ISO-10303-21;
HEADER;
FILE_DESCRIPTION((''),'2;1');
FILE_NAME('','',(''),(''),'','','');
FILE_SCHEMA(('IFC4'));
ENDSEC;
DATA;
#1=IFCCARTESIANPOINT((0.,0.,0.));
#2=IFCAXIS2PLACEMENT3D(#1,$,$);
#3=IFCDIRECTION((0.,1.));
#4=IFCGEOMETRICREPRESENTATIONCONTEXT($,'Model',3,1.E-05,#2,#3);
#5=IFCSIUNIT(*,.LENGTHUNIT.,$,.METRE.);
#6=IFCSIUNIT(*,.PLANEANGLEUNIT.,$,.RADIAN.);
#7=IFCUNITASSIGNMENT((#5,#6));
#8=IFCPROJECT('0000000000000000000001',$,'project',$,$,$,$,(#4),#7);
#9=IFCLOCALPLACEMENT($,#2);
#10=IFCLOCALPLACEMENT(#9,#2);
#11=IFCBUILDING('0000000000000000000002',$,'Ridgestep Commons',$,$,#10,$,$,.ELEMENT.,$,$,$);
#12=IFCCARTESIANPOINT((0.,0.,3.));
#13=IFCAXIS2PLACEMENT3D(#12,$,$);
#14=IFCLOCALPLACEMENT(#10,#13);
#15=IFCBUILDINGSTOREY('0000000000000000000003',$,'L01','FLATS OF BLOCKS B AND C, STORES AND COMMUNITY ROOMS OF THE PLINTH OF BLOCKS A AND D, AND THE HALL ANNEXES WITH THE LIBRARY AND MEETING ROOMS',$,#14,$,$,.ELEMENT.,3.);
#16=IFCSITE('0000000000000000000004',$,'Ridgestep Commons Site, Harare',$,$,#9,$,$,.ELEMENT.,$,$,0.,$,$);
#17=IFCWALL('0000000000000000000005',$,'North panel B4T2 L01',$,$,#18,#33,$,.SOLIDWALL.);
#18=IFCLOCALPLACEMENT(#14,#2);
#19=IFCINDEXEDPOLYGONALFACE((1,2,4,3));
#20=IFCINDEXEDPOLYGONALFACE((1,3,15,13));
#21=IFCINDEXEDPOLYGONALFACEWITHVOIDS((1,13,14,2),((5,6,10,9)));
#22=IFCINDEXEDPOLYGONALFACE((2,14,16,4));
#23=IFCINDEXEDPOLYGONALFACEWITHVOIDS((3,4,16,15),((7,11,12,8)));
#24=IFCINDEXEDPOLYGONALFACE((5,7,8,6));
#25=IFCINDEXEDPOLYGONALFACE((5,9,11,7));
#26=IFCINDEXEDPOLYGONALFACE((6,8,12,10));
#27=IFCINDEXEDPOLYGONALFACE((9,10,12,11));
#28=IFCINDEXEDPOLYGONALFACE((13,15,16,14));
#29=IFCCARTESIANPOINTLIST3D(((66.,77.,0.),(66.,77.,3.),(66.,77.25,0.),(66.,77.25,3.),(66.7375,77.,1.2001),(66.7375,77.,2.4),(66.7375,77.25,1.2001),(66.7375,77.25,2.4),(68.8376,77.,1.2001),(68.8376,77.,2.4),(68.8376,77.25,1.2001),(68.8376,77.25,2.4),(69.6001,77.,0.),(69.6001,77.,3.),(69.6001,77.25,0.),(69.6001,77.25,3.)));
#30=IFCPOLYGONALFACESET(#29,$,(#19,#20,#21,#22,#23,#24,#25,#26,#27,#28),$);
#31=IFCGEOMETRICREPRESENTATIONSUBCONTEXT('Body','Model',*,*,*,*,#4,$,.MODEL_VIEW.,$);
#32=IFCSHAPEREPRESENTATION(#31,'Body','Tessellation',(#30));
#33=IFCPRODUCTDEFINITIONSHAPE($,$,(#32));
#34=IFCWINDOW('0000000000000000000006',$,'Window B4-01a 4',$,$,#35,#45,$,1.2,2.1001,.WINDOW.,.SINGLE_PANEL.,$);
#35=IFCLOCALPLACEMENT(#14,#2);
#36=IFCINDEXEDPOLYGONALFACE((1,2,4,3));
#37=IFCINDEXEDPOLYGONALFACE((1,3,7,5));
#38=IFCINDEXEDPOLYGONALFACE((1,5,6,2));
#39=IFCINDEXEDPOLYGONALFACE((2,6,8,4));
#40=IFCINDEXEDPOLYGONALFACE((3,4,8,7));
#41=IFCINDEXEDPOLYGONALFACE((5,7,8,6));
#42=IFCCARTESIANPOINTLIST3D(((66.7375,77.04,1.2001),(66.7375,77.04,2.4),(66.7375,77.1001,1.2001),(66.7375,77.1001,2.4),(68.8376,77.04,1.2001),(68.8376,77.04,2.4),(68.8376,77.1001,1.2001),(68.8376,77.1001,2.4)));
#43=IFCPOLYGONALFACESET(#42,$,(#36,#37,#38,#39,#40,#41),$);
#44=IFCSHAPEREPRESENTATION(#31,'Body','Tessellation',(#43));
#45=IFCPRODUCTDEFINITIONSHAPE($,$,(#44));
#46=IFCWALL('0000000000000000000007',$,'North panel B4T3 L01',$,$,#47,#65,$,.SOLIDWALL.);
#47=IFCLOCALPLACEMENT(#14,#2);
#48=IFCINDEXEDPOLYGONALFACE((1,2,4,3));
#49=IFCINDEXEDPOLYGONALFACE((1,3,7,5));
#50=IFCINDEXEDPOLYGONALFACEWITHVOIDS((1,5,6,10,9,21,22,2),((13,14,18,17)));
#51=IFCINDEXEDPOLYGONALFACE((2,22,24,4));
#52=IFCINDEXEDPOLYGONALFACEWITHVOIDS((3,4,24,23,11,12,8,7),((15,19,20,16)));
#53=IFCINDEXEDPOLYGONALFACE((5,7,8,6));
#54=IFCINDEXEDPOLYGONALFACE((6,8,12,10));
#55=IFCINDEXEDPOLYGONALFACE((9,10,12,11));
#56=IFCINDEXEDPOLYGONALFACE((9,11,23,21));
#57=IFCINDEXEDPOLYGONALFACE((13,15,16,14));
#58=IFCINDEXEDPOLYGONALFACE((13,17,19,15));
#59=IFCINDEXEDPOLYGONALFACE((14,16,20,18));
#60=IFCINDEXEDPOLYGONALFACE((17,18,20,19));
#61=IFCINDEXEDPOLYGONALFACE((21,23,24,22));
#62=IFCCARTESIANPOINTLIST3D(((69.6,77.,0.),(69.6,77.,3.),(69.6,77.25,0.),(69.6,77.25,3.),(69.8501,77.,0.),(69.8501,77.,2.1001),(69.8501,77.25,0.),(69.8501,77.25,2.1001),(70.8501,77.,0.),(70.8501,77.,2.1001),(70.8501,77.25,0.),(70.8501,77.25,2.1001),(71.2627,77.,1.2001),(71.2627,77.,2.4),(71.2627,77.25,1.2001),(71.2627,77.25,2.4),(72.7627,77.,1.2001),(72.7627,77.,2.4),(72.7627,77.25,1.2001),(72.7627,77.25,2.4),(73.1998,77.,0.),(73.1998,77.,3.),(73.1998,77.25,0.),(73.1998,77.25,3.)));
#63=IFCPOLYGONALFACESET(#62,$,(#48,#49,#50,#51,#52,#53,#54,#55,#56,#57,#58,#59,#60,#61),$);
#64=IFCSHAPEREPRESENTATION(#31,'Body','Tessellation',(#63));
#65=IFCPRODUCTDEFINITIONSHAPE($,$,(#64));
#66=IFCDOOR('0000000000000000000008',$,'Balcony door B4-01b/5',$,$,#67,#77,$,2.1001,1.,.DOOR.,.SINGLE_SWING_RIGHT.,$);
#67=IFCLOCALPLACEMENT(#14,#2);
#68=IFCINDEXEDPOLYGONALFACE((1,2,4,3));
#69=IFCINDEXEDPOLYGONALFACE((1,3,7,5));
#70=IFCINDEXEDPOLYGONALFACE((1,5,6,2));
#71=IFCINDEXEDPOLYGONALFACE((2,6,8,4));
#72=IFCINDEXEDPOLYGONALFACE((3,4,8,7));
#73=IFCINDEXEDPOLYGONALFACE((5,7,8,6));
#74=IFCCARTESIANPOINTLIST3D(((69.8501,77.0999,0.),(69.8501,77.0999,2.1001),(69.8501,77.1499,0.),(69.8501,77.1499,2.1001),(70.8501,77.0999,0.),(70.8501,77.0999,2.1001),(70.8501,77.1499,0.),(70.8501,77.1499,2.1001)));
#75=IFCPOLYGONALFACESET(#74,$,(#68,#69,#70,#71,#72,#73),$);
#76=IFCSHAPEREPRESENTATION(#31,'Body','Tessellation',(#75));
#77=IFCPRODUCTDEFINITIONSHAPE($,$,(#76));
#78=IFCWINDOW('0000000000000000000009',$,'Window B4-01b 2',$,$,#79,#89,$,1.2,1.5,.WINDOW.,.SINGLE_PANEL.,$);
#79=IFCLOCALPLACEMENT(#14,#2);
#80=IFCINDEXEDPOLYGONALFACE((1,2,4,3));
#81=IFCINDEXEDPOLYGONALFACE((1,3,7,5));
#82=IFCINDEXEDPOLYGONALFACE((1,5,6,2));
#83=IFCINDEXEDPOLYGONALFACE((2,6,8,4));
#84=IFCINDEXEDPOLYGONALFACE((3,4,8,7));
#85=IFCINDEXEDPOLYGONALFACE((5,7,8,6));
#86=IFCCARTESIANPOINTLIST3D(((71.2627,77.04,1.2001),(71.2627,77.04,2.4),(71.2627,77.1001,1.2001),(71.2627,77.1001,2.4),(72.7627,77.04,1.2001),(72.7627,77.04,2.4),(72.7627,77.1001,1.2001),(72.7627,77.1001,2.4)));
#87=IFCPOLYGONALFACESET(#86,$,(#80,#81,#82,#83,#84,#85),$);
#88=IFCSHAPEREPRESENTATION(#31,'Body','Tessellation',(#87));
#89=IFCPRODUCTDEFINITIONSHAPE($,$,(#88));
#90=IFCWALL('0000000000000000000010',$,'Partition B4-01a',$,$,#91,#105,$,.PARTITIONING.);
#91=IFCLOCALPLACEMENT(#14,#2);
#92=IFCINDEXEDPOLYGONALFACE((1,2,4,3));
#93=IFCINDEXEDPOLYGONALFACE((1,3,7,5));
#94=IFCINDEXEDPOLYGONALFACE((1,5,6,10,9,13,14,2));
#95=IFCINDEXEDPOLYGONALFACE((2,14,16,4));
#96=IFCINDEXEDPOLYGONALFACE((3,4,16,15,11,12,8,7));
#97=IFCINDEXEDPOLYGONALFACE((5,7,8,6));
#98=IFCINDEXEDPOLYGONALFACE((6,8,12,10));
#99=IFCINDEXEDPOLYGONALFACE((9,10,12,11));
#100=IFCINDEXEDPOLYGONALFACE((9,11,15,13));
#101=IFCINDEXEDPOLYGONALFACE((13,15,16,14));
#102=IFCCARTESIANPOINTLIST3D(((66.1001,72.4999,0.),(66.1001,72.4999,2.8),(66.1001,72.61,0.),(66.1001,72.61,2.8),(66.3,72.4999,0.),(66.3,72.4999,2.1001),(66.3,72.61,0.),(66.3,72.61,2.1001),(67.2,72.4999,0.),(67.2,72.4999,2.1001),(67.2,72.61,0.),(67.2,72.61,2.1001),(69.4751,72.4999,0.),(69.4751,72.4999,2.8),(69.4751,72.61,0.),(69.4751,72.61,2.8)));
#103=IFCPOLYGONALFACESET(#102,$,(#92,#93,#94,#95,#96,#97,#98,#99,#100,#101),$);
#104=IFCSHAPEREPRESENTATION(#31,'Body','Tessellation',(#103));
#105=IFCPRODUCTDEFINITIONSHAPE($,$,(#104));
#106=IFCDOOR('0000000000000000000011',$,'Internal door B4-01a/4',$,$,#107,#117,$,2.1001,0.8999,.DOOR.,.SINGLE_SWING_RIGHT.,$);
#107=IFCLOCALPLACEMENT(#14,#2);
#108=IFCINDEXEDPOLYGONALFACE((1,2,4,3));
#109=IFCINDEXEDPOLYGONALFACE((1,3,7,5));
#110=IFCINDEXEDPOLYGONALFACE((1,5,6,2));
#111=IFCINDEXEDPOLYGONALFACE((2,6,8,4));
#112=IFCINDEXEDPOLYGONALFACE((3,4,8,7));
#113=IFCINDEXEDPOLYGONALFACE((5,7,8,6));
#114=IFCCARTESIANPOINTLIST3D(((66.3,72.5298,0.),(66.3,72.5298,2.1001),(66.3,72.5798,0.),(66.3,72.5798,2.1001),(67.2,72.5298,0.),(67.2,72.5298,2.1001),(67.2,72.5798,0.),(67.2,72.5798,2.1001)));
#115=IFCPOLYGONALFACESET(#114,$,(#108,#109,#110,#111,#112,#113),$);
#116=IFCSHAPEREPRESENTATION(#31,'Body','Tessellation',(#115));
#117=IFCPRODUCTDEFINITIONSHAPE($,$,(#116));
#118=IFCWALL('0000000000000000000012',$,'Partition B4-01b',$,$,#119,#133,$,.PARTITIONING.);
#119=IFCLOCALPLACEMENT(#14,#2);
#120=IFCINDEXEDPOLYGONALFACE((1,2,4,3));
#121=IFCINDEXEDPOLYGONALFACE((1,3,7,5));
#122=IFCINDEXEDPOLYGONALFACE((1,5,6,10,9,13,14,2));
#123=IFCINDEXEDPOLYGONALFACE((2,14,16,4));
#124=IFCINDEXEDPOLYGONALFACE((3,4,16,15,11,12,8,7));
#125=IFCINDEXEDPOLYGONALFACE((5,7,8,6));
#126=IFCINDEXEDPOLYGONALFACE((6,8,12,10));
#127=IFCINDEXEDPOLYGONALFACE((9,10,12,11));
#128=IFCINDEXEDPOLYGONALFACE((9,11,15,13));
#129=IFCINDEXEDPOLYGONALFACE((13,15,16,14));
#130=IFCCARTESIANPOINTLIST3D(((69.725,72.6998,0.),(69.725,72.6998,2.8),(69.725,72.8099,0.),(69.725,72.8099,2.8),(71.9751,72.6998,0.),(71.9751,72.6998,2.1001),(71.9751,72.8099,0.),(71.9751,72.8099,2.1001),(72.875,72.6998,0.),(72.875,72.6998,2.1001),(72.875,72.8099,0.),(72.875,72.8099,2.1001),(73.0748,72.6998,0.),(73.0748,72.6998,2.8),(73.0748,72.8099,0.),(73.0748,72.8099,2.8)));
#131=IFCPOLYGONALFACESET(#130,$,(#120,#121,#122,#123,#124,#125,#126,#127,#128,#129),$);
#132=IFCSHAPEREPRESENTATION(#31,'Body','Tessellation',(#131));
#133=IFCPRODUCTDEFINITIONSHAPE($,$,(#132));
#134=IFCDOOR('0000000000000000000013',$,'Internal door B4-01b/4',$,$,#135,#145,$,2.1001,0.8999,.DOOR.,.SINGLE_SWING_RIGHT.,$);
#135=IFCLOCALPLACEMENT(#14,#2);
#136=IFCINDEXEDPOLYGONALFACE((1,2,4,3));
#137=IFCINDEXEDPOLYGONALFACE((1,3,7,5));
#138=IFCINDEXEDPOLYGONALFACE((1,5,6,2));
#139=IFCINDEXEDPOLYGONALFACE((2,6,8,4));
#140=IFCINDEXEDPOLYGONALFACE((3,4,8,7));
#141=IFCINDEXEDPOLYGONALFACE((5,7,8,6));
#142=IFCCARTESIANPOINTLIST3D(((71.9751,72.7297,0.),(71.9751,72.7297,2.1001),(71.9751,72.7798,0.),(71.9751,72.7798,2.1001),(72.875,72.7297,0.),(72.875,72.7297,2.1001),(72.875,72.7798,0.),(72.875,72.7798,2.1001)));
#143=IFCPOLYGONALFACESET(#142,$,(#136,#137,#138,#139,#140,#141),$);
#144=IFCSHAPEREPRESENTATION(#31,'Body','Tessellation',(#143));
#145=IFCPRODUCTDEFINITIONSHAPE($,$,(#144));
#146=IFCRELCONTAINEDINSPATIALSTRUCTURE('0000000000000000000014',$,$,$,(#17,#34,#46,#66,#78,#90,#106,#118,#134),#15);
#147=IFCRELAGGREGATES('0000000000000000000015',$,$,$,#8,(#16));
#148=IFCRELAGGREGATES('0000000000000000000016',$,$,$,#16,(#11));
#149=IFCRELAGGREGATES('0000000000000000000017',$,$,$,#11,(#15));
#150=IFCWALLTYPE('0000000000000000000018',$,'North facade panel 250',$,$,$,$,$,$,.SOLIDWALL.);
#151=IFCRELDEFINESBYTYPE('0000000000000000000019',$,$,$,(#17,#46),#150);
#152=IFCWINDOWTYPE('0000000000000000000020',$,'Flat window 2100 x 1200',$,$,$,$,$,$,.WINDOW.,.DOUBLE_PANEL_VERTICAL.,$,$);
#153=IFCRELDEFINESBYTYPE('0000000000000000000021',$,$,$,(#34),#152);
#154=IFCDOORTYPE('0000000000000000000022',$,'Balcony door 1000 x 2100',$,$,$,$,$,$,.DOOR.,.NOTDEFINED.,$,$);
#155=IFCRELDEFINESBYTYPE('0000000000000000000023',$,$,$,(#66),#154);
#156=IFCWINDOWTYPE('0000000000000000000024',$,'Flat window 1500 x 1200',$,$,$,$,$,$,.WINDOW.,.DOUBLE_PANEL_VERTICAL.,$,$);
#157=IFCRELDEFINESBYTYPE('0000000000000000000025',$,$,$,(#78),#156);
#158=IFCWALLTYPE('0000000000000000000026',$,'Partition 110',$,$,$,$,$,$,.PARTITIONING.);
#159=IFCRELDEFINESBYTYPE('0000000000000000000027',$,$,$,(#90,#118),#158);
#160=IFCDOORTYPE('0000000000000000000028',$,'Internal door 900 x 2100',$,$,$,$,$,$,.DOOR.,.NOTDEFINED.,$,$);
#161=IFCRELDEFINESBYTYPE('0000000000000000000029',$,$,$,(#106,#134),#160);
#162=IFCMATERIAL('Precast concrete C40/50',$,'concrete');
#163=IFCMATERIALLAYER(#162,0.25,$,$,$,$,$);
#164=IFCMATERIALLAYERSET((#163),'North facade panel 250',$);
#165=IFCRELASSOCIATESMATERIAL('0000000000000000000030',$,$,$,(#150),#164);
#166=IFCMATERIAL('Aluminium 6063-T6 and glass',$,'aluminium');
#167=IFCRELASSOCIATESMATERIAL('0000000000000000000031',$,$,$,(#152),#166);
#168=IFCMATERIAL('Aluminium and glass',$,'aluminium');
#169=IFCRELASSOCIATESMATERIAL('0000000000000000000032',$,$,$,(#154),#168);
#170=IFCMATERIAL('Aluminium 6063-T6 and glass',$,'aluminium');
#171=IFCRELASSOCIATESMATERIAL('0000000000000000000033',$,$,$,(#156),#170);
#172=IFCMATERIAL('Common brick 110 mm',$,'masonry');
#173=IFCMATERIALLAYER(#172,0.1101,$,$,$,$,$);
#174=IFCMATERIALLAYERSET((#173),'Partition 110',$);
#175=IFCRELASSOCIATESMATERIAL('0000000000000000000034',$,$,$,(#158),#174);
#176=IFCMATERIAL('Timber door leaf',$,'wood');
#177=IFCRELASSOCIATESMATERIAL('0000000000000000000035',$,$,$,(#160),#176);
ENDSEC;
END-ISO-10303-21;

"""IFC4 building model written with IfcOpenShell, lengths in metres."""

from ifc_helpers import new_model, si_unit, direction, frame, frame_2d, origin, place, context, subcontext, project, spatial, rectangle, extrude, material, layer, layer_set, type_object, element, fill, save


model = new_model("IFC4")

# Units and contexts
model_context = context("Model", 3, precision=1e-05, world=origin(), true_north=direction((0.0, 1.0)))
body_context = subcontext(model_context, "Body", "Model", "MODEL_VIEW")
ifc_project = project(units=[si_unit("LENGTHUNIT", "METRE"), si_unit("PLANEANGLEUNIT", "RADIAN")], contexts=[model_context])

# Site, building, storey
site_placement = place(None, origin())
site = spatial("IfcSite", under=ifc_project, at=site_placement, Name="Ridgestep Commons Site, Harare", CompositionType="ELEMENT", RefElevation=0.0)
building_placement = place(site_placement, origin())
building = spatial("IfcBuilding", under=site, at=building_placement, Name="Ridgestep Commons", CompositionType="ELEMENT")
storey_placement = place(building_placement, frame((0.0, 0.0, 3.0)))
storey = spatial("IfcBuildingStorey", under=building, at=storey_placement, Name="L01", Description="FLATS OF BLOCKS B AND C, STORES AND COMMUNITY ROOMS OF THE PLINTH OF BLOCKS A AND D, AND THE HALL ANNEXES WITH THE LIBRARY AND MEETING ROOMS", CompositionType="ELEMENT", Elevation=3.0)

# Wall, opening, window
ifc_material_1 = material(Name="Precast concrete C40/50", Category="concrete")
ifc_layer_1 = layer(ifc_material_1, 0.25)
ifc_layer_set_1 = layer_set([ifc_layer_1], Name="North facade panel 250")
wall_type_1 = type_object("IfcWallType", Name="North facade panel 250", PredefinedType="SOLIDWALL", material=ifc_layer_set_1)
wall_1_placement = place(storey_placement, frame((66.0, 77.125, 0.0), z_axis=(0.0, 0.0, 1.0), x_axis=(1.0, 0.0, 0.0)))
wall_1 = element("IfcWall", 1, at=wall_1_placement, inside=storey, type_object=wall_type_1, Name="North panel B4T2 L01", PredefinedType="SOLIDWALL", context=body_context, shape_type="SweptSolid", body=[
    extrude(rectangle(XDim=3.6001, YDim=0.25, at=frame_2d((1.8, 0.0))), origin(), (0.0, 0.0, 1.0), 3.0),
])
opening_1_placement = place(wall_1_placement, frame((0.7375, 0.0, 1.2)))
opening_1 = element("IfcOpeningElement", 2, at=opening_1_placement, cuts=wall_1, PredefinedType="OPENING", context=body_context, shape_type="SweptSolid", body=[
    extrude(rectangle(XDim=2.1001, YDim=1.2, at=frame_2d((1.05, 0.6001))), frame((0.0, 0.135, 0.0), z_axis=(0.0, -1.0, 0.0), x_axis=(1.0, 0.0, 0.0)), (0.0, 0.0, 1.0), 0.27),
])
ifc_material_2 = material(Name="Aluminium 6063-T6 and glass", Category="aluminium")
window_type_1 = type_object("IfcWindowType", Name="Flat window 2100 x 1200", PartitioningType="DOUBLE_PANEL_VERTICAL", PredefinedType="WINDOW", material=ifc_material_2)
window_1_placement = place(opening_1_placement, origin())
window_1 = element("IfcWindow", 3, at=window_1_placement, inside=storey, type_object=window_type_1, Name="Window B4-01a 4", OverallHeight=1.2, OverallWidth=2.1001, PartitioningType="SINGLE_PANEL", PredefinedType="WINDOW", context=body_context, shape_type="SweptSolid", body=[
    extrude(rectangle(XDim=2.1001, YDim=1.2, at=frame_2d((1.05, 0.6001))), frame((0.0, -0.0249, 0.0), z_axis=(0.0, -1.0, 0.0), x_axis=(1.0, 0.0, 0.0)), (0.0, 0.0, 1.0), 0.0601),
])
fill(opening_1, window_1)

# Wall, openings, door, window
wall_2_placement = place(storey_placement, frame((69.6001, 77.125, 0.0), z_axis=(0.0, 0.0, 1.0), x_axis=(1.0, 0.0, 0.0)))
wall_2 = element("IfcWall", 4, at=wall_2_placement, inside=storey, type_object=wall_type_1, Name="North panel B4T3 L01", PredefinedType="SOLIDWALL", context=body_context, shape_type="SweptSolid", body=[
    extrude(rectangle(XDim=3.5999, YDim=0.25, at=frame_2d((1.7998, 0.0))), origin(), (0.0, 0.0, 1.0), 3.0),
])
opening_2_placement = place(wall_2_placement, frame((1.6626, 0.0, 1.2)))
opening_2 = element("IfcOpeningElement", 5, at=opening_2_placement, cuts=wall_2, PredefinedType="OPENING", context=body_context, shape_type="SweptSolid", body=[
    extrude(rectangle(XDim=1.5, YDim=1.2, at=frame_2d((0.75, 0.6001))), frame((0.0, 0.135, 0.0), z_axis=(0.0, -1.0, 0.0), x_axis=(1.0, 0.0, 0.0)), (0.0, 0.0, 1.0), 0.27),
])
opening_3_placement = place(wall_2_placement, frame((0.25, 0.0, 0.0)))
opening_3 = element("IfcOpeningElement", 6, at=opening_3_placement, cuts=wall_2, PredefinedType="OPENING", context=body_context, shape_type="SweptSolid", body=[
    extrude(rectangle(XDim=1.0, YDim=2.1001, at=frame_2d((0.5, 1.05))), frame((0.0, 0.135, 0.0), z_axis=(0.0, -1.0, 0.0), x_axis=(1.0, 0.0, 0.0)), (0.0, 0.0, 1.0), 0.27),
])
ifc_material_3 = material(Name="Aluminium and glass", Category="aluminium")
door_type_1 = type_object("IfcDoorType", Name="Balcony door 1000 x 2100", OperationType="NOTDEFINED", PredefinedType="DOOR", material=ifc_material_3)
door_1_placement = place(opening_3_placement, origin())
door_1 = element("IfcDoor", 7, at=door_1_placement, inside=storey, type_object=door_type_1, Name="Balcony door B4-01b/5", OperationType="SINGLE_SWING_RIGHT", OverallHeight=2.1001, OverallWidth=1.0, PredefinedType="DOOR", context=body_context, shape_type="SweptSolid", body=[
    extrude(rectangle(XDim=1.0, YDim=2.1001, at=frame_2d((0.5, 1.05))), frame((0.0, 0.0249, 0.0), z_axis=(0.0, -1.0, 0.0), x_axis=(1.0, 0.0, 0.0)), (0.0, 0.0, 1.0), 0.05),
])
fill(opening_3, door_1)
ifc_material_4 = material(Name="Aluminium 6063-T6 and glass", Category="aluminium")
window_type_2 = type_object("IfcWindowType", Name="Flat window 1500 x 1200", PartitioningType="DOUBLE_PANEL_VERTICAL", PredefinedType="WINDOW", material=ifc_material_4)
window_2_placement = place(opening_2_placement, origin())
window_2 = element("IfcWindow", 8, at=window_2_placement, inside=storey, type_object=window_type_2, Name="Window B4-01b 2", OverallHeight=1.2, OverallWidth=1.5, PartitioningType="SINGLE_PANEL", PredefinedType="WINDOW", context=body_context, shape_type="SweptSolid", body=[
    extrude(rectangle(XDim=1.5, YDim=1.2, at=frame_2d((0.75, 0.6001))), frame((0.0, -0.0249, 0.0), z_axis=(0.0, -1.0, 0.0), x_axis=(1.0, 0.0, 0.0)), (0.0, 0.0, 1.0), 0.0601),
])
fill(opening_2, window_2)

# Walls, openings, doors
ifc_material_5 = material(Name="Common brick 110 mm", Category="masonry")
ifc_layer_2 = layer(ifc_material_5, 0.1101)
ifc_layer_set_2 = layer_set([ifc_layer_2], Name="Partition 110")
wall_type_2 = type_object("IfcWallType", Name="Partition 110", PredefinedType="PARTITIONING", material=ifc_layer_set_2)
wall_3_placement = place(storey_placement, frame((66.1001, 72.5549, 0.0), z_axis=(0.0, 0.0, 1.0), x_axis=(1.0, 0.0, 0.0)))
wall_3 = element("IfcWall", 9, at=wall_3_placement, inside=storey, type_object=wall_type_2, Name="Partition B4-01a", PredefinedType="PARTITIONING", context=body_context, shape_type="SweptSolid", body=[
    extrude(rectangle(XDim=3.375, YDim=0.1101, at=frame_2d((1.6875, 0.0))), origin(), (0.0, 0.0, 1.0), 2.8),
])
opening_4_placement = place(wall_3_placement, frame((0.2, 0.0, 0.0)))
opening_4 = element("IfcOpeningElement", 10, at=opening_4_placement, cuts=wall_3, PredefinedType="OPENING", context=body_context, shape_type="SweptSolid", body=[
    extrude(rectangle(XDim=0.8999, YDim=2.1001, at=frame_2d((0.45, 1.05))), frame((0.0, 0.0649, 0.0), z_axis=(0.0, -1.0, 0.0), x_axis=(1.0, 0.0, 0.0)), (0.0, 0.0, 1.0), 0.1301),
])
ifc_material_6 = material(Name="Timber door leaf", Category="wood")
door_type_2 = type_object("IfcDoorType", Name="Internal door 900 x 2100", OperationType="NOTDEFINED", PredefinedType="DOOR", material=ifc_material_6)
door_2_placement = place(opening_4_placement, origin())
door_2 = element("IfcDoor", 11, at=door_2_placement, inside=storey, type_object=door_type_2, Name="Internal door B4-01a/4", OperationType="SINGLE_SWING_RIGHT", OverallHeight=2.1001, OverallWidth=0.8999, PredefinedType="DOOR", context=body_context, shape_type="SweptSolid", body=[
    extrude(rectangle(XDim=0.8999, YDim=2.1001, at=frame_2d((0.45, 1.05))), frame((0.0, 0.0249, 0.0), z_axis=(0.0, -1.0, 0.0), x_axis=(1.0, 0.0, 0.0)), (0.0, 0.0, 1.0), 0.05),
])
fill(opening_4, door_2)
wall_4_placement = place(storey_placement, frame((69.7251, 72.7549, 0.0), z_axis=(0.0, 0.0, 1.0), x_axis=(1.0, 0.0, 0.0)))
wall_4 = element("IfcWall", 12, at=wall_4_placement, inside=storey, type_object=wall_type_2, Name="Partition B4-01b", PredefinedType="PARTITIONING", context=body_context, shape_type="SweptSolid", body=[
    extrude(rectangle(XDim=3.3499, YDim=0.1101, at=frame_2d((1.6748, 0.0))), origin(), (0.0, 0.0, 1.0), 2.8),
])
opening_5_placement = place(wall_4_placement, frame((2.25, 0.0, 0.0)))
opening_5 = element("IfcOpeningElement", 13, at=opening_5_placement, cuts=wall_4, PredefinedType="OPENING", context=body_context, shape_type="SweptSolid", body=[
    extrude(rectangle(XDim=0.8999, YDim=2.1001, at=frame_2d((0.45, 1.05))), frame((0.0, 0.0649, 0.0), z_axis=(0.0, -1.0, 0.0), x_axis=(1.0, 0.0, 0.0)), (0.0, 0.0, 1.0), 0.1301),
])
door_3_placement = place(opening_5_placement, origin())
door_3 = element("IfcDoor", 14, at=door_3_placement, inside=storey, type_object=door_type_2, Name="Internal door B4-01b/4", OperationType="SINGLE_SWING_RIGHT", OverallHeight=2.1001, OverallWidth=0.8999, PredefinedType="DOOR", context=body_context, shape_type="SweptSolid", body=[
    extrude(rectangle(XDim=0.8999, YDim=2.1001, at=frame_2d((0.45, 1.05))), frame((0.0, 0.0249, 0.0), z_axis=(0.0, -1.0, 0.0), x_axis=(1.0, 0.0, 0.0)), (0.0, 0.0, 1.0), 0.05),
])
fill(opening_5, door_3)

save(model, "model.ifc")
